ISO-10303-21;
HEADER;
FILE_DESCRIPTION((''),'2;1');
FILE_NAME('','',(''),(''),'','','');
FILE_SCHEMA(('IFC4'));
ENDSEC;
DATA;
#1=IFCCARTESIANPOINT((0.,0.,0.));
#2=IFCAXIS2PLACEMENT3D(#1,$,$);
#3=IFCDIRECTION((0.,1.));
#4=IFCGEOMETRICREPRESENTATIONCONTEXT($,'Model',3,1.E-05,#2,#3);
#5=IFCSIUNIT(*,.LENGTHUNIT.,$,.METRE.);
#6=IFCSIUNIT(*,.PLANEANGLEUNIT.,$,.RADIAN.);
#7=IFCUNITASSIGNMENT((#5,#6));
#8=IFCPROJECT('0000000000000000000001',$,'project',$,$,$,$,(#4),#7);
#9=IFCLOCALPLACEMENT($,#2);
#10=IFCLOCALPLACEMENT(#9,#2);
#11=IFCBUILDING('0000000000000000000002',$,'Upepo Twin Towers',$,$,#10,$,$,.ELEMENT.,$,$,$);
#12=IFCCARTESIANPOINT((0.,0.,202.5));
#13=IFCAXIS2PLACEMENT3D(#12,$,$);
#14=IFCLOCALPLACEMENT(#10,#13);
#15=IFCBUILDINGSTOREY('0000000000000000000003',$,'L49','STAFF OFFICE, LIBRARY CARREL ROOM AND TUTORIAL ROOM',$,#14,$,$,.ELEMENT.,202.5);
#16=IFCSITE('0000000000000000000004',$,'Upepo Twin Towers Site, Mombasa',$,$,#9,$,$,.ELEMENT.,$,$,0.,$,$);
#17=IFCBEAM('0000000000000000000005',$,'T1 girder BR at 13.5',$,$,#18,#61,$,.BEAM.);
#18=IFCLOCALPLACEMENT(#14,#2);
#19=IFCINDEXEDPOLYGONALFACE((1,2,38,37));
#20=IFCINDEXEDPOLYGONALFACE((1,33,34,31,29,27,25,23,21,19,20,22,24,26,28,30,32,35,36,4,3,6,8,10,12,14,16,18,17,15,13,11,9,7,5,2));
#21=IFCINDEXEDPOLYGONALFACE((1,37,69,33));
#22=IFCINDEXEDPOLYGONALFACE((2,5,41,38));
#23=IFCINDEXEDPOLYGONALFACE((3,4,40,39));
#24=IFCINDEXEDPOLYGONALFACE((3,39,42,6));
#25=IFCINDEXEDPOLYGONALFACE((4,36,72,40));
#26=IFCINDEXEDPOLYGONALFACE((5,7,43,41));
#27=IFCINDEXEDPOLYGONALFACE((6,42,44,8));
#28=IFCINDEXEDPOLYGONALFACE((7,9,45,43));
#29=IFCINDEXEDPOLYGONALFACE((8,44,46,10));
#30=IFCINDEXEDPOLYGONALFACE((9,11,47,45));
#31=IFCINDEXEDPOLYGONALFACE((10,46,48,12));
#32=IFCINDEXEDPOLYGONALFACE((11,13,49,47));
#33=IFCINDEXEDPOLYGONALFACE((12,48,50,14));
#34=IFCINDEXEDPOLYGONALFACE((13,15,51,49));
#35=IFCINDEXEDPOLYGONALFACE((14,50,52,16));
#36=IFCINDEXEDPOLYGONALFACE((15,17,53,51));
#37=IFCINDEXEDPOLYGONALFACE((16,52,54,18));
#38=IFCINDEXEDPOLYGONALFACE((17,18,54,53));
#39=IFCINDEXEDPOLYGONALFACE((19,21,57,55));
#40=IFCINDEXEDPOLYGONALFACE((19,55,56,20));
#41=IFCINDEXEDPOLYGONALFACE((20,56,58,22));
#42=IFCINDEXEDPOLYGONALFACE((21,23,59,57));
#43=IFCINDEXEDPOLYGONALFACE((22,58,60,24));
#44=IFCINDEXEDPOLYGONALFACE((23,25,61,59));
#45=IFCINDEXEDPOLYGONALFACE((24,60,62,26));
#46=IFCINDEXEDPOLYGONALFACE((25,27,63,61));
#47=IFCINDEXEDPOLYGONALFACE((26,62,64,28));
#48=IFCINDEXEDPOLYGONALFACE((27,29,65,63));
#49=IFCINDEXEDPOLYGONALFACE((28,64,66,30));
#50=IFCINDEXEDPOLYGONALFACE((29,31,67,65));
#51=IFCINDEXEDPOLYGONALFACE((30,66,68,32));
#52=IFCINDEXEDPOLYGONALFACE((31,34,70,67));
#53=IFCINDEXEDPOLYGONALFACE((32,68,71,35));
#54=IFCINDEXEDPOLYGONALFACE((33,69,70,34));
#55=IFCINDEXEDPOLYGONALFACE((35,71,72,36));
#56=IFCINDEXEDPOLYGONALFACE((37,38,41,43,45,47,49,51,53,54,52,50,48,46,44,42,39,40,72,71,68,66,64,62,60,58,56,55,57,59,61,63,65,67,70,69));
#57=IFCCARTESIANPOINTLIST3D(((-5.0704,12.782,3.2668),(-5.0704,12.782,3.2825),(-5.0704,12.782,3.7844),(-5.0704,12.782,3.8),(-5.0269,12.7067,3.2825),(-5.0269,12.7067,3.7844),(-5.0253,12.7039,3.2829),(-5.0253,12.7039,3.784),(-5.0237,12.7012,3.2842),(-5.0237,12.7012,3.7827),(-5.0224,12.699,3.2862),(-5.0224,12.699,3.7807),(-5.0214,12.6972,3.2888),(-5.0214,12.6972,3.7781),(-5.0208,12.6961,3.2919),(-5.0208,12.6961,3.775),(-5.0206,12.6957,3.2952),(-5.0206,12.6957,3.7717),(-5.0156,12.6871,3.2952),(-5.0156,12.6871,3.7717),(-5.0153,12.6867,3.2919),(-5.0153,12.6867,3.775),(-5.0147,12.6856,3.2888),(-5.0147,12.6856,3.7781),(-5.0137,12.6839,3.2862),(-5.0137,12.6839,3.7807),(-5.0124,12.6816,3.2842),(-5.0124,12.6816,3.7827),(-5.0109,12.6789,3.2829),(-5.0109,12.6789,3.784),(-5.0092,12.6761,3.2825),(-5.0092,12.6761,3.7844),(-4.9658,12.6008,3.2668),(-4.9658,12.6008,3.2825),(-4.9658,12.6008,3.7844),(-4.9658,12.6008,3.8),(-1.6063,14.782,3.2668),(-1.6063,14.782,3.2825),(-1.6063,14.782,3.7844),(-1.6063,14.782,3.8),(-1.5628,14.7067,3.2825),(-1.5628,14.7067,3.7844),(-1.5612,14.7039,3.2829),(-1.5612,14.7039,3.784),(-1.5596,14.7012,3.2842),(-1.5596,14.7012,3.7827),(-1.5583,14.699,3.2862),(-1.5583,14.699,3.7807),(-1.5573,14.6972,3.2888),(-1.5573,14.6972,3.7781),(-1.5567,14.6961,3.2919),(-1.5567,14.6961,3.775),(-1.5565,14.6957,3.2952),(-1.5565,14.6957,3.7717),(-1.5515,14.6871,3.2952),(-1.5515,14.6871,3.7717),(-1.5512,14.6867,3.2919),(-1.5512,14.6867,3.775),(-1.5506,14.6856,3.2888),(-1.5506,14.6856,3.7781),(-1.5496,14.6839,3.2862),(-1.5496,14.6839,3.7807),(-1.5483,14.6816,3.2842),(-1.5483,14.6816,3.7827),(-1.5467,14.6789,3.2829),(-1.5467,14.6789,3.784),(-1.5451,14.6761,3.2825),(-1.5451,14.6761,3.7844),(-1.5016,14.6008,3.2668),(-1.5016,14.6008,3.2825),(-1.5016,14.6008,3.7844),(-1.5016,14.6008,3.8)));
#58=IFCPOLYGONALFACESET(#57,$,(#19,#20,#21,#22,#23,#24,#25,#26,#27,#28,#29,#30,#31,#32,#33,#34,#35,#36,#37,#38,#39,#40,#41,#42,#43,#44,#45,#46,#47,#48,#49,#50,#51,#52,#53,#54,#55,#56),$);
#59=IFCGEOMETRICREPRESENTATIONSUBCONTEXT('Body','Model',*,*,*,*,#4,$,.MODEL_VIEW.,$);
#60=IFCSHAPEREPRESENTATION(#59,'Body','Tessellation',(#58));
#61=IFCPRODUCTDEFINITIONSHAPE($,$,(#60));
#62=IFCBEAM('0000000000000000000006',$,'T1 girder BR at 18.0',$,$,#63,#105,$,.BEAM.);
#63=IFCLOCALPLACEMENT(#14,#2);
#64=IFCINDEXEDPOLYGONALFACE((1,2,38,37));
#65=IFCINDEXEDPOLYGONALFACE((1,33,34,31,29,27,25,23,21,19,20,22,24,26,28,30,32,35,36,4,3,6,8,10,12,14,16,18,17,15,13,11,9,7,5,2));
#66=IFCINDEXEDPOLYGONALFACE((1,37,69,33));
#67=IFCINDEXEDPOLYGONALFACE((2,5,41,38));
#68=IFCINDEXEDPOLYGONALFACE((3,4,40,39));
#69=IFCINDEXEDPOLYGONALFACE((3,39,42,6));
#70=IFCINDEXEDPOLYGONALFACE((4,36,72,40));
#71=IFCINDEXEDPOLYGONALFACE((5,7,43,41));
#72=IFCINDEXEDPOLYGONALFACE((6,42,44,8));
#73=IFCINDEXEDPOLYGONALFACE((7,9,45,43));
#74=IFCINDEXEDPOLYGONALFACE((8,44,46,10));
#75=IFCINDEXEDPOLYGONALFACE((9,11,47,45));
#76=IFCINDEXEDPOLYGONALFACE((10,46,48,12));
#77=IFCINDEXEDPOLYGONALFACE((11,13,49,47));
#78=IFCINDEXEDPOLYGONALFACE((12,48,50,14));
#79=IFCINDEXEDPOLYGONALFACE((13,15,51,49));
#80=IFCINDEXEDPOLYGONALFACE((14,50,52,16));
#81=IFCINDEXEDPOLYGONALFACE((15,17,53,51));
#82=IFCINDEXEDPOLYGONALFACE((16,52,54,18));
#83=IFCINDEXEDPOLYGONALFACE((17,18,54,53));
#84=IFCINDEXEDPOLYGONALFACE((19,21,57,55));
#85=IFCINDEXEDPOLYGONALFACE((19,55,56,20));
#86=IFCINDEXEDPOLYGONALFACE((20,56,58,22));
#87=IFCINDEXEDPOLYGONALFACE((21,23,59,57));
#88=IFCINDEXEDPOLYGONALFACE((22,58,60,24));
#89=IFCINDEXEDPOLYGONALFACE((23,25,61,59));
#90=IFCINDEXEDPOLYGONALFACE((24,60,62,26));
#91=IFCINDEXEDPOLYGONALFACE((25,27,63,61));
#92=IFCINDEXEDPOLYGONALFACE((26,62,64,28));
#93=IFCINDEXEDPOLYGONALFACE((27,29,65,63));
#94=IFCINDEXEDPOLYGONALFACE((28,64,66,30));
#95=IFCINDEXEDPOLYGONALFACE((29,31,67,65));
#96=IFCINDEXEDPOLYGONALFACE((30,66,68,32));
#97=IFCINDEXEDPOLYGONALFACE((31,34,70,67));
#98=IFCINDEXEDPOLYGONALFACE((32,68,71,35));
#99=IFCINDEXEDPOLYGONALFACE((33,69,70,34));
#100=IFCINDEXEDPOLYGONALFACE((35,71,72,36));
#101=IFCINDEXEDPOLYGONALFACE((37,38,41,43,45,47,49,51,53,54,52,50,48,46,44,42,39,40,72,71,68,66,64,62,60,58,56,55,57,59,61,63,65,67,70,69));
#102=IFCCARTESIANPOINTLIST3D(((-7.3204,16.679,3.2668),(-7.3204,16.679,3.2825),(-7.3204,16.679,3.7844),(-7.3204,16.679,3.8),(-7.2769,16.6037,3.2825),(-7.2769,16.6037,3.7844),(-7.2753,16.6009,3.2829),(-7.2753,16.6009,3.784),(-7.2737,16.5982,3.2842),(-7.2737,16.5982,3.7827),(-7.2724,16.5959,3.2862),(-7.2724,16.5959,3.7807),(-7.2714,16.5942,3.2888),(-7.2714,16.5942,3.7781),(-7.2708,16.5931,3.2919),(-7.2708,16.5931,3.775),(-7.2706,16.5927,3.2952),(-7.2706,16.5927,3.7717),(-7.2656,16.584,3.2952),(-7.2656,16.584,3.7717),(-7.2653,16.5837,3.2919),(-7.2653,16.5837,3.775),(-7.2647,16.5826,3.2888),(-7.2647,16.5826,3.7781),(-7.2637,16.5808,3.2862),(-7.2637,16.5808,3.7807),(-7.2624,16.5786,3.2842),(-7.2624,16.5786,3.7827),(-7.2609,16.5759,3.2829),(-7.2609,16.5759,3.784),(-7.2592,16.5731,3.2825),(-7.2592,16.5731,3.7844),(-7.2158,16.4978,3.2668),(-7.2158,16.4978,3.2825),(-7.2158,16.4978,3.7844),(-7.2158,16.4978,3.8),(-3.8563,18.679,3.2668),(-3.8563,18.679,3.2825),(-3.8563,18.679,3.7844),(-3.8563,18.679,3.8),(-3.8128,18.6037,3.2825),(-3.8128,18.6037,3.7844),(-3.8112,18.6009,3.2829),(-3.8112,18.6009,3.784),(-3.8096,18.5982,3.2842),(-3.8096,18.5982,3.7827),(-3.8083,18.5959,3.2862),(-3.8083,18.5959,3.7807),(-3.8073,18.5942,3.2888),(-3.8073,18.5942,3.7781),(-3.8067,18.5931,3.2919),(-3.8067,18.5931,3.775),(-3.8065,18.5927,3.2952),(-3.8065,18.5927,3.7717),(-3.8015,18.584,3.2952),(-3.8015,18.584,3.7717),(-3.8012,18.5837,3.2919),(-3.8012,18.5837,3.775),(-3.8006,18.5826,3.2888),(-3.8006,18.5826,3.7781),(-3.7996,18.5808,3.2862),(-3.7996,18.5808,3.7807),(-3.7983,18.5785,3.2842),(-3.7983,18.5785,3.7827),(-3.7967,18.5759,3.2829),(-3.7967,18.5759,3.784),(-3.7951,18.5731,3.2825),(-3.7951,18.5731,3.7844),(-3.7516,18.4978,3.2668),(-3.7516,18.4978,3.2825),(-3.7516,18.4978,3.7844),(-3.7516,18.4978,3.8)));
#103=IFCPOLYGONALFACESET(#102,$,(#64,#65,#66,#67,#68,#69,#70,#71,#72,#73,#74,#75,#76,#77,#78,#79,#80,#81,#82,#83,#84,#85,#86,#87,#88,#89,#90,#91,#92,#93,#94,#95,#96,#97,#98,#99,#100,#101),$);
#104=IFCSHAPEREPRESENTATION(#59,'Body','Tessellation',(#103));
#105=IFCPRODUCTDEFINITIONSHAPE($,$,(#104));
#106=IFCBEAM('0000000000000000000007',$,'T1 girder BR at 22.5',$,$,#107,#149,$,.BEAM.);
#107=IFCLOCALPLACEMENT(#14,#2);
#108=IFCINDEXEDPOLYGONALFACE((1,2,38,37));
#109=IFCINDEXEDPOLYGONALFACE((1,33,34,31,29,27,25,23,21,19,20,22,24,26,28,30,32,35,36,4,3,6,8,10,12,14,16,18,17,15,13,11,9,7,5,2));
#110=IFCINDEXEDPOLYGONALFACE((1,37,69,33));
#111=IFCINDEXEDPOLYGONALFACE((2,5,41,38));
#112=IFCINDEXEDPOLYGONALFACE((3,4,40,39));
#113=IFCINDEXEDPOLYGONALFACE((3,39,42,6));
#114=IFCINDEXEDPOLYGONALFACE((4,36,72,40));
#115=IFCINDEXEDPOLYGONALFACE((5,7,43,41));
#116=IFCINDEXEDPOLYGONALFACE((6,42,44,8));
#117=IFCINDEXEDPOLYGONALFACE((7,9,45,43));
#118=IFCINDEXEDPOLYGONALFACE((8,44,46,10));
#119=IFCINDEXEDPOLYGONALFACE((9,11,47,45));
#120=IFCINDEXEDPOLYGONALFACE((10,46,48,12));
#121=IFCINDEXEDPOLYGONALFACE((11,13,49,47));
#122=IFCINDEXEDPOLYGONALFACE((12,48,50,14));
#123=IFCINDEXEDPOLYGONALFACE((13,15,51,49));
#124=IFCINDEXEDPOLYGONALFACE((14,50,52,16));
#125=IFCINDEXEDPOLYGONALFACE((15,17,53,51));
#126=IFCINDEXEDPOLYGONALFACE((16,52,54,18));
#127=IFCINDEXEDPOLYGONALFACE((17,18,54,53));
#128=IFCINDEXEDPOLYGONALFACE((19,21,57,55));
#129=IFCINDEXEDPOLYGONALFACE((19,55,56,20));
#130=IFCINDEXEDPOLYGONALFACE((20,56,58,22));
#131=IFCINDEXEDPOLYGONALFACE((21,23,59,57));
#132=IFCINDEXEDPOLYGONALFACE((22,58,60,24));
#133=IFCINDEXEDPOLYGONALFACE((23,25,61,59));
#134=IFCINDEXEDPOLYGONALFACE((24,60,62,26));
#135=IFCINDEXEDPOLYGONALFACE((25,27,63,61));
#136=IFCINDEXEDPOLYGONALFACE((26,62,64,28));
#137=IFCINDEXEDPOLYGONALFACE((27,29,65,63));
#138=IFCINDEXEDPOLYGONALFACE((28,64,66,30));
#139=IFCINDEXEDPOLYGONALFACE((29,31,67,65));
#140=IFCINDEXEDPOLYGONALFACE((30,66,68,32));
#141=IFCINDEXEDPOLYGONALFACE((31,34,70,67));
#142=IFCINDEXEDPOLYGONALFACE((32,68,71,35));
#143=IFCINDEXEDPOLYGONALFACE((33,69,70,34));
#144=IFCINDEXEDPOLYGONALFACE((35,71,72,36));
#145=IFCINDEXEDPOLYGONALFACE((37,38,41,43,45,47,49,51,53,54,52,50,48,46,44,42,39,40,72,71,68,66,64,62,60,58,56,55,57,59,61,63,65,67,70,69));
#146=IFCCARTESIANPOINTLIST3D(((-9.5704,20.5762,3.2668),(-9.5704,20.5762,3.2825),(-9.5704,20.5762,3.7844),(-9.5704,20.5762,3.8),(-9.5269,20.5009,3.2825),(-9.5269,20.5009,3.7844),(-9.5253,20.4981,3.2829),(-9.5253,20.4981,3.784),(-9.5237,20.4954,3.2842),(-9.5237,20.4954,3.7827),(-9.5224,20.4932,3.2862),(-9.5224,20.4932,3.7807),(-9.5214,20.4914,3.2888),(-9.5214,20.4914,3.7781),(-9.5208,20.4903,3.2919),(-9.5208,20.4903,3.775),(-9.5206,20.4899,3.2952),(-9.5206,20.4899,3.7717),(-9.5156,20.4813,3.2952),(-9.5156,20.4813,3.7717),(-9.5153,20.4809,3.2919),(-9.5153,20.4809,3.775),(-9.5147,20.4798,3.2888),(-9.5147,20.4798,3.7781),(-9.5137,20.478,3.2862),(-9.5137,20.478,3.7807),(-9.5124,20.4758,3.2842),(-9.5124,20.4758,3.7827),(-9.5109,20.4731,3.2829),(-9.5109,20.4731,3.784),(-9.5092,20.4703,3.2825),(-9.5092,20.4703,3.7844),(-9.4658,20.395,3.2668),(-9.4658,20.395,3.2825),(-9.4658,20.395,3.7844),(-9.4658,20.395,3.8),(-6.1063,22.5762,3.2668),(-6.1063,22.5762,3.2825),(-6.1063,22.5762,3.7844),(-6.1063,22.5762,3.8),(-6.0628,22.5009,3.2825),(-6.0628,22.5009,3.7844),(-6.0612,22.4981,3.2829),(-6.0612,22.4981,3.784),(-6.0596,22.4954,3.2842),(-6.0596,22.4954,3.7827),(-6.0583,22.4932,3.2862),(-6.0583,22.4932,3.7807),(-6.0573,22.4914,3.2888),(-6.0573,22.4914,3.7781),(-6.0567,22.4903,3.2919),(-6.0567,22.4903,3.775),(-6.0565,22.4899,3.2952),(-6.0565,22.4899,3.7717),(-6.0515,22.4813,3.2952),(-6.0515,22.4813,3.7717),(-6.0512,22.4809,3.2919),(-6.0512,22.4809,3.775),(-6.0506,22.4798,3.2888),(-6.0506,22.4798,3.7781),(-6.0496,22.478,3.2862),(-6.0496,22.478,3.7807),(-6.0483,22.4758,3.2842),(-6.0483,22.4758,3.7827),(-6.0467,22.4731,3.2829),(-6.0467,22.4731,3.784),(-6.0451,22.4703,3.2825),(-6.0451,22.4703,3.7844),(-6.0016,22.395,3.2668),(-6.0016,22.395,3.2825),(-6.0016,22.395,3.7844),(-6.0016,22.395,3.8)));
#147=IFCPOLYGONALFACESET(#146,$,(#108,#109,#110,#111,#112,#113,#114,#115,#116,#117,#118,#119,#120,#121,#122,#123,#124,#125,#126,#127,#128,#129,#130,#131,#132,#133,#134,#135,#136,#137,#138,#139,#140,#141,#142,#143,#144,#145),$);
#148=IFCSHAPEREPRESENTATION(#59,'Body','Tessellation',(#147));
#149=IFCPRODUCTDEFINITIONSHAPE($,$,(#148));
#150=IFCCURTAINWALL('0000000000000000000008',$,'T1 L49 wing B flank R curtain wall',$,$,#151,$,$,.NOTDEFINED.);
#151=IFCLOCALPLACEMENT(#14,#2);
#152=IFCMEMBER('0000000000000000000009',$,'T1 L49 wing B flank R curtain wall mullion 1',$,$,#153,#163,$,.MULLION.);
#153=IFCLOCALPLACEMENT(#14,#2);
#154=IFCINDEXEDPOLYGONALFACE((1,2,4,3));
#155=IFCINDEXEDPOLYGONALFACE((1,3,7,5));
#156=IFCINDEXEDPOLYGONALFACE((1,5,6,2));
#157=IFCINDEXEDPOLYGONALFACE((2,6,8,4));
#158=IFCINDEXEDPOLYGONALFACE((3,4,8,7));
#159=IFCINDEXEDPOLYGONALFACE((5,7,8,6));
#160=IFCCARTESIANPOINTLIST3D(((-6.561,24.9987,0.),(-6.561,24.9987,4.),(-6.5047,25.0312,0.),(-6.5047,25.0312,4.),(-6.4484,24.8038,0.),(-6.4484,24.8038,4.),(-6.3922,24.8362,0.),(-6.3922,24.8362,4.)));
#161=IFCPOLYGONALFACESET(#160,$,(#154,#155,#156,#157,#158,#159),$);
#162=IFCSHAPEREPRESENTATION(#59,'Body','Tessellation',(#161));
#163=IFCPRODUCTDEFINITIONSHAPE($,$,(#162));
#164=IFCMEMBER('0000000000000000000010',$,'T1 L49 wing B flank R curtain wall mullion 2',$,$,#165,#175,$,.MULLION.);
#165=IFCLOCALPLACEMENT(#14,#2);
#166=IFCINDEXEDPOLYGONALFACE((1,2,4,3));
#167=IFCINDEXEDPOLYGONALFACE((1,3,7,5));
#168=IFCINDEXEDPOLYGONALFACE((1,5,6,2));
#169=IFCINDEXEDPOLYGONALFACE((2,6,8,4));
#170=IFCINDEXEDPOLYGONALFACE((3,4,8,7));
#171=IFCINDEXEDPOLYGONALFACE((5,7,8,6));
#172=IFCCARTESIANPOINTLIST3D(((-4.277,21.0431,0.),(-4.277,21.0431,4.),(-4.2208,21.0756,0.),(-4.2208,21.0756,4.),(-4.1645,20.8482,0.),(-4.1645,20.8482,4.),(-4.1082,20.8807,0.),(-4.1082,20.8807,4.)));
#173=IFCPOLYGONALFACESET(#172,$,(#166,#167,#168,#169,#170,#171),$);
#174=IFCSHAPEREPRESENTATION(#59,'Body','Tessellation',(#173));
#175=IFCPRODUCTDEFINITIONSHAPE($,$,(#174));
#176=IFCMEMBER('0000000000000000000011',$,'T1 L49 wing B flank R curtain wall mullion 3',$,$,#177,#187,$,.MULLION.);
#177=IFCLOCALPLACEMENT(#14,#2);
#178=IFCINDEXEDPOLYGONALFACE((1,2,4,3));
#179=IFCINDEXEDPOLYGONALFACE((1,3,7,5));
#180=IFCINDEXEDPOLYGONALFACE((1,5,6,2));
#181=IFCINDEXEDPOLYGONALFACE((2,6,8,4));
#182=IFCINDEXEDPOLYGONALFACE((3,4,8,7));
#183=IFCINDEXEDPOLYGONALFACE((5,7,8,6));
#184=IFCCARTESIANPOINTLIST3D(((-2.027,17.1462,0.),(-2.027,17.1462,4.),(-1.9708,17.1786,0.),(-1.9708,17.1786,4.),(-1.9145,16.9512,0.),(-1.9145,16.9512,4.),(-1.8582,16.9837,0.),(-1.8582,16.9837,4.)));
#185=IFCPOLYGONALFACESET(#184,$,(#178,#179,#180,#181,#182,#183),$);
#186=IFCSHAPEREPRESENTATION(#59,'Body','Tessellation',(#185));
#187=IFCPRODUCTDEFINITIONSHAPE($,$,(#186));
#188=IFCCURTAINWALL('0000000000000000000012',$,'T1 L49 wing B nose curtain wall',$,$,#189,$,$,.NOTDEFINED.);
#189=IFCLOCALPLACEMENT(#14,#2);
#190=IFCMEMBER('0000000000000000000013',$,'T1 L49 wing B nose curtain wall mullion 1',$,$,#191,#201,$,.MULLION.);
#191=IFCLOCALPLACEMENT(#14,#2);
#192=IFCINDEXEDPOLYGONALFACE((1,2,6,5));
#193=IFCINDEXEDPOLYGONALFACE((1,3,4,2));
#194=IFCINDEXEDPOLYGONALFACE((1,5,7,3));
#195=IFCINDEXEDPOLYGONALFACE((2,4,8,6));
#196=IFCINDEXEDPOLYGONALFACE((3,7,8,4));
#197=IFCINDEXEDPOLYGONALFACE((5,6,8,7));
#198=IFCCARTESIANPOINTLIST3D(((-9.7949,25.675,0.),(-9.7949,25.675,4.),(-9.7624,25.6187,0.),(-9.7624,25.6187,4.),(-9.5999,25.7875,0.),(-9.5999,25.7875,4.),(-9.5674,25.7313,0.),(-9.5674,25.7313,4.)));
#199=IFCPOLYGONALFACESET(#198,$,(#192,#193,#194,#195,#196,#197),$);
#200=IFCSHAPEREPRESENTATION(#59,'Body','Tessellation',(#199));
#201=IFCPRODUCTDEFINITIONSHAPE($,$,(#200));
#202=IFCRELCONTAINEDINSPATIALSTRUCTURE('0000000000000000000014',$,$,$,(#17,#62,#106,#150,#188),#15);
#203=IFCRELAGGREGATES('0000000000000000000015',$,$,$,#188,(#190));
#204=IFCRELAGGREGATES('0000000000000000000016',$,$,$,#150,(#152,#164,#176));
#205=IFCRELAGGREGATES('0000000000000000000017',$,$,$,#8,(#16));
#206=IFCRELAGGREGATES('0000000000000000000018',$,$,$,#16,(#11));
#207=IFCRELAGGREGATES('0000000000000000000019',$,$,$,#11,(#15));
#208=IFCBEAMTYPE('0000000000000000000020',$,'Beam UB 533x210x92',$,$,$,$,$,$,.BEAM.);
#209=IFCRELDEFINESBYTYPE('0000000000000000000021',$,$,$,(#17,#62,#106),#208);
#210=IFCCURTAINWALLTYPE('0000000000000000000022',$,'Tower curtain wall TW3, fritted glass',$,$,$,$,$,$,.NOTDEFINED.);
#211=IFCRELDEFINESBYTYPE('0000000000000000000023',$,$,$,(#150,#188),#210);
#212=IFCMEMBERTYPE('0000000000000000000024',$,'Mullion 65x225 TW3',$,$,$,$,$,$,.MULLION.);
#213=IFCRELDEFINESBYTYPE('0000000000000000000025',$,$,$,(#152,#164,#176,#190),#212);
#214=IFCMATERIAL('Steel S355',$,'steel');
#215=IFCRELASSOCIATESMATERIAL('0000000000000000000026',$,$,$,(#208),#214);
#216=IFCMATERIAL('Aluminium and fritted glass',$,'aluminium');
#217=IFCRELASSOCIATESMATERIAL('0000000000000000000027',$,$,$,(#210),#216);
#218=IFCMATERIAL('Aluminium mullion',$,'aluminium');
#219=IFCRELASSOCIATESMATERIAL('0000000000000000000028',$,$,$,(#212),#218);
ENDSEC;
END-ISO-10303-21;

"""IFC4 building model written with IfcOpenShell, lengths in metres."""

from ifc_helpers import new_model, si_unit, direction, frame, origin, origin_2d, place, context, subcontext, project, spatial, rectangle, i_section, extrude, material, material_profile, profile_set, type_object, element, aggregate, save


model = new_model("IFC4")

# Units and contexts
model_context = context("Model", 3, precision=1e-05, world=origin(), true_north=direction((0.0, 1.0)))
body_context = subcontext(model_context, "Body", "Model", "MODEL_VIEW")
ifc_project = project(units=[si_unit("LENGTHUNIT", "METRE"), si_unit("PLANEANGLEUNIT", "RADIAN")], contexts=[model_context])

# Site, building, storey
site_placement = place(None, origin())
site = spatial("IfcSite", under=ifc_project, at=site_placement, Name="Upepo Twin Towers Site, Mombasa", CompositionType="ELEMENT", RefElevation=0.0)
building_placement = place(site_placement, origin())
building = spatial("IfcBuilding", under=site, at=building_placement, Name="Upepo Twin Towers", CompositionType="ELEMENT")
storey_placement = place(building_placement, frame((0.0, 0.0, 202.5)))
storey = spatial("IfcBuildingStorey", under=building, at=storey_placement, Name="L49", Description="STAFF OFFICE, LIBRARY CARREL ROOM AND TUTORIAL ROOM", CompositionType="ELEMENT", Elevation=202.5)

# Beams
ifc_material_1 = material(Name="Steel S355", Category="steel")
ifc_material_profile_1 = material_profile(ifc_material_1, i_section(OverallWidth=0.2092, OverallDepth=0.5332, WebThickness=0.01, FlangeThickness=0.0156, FilletRadius=0.0127, at=origin_2d()), Name="UB 533x210x92")
ifc_profile_set_1 = profile_set([ifc_material_profile_1], Name="Steel S355")
beam_type_1 = type_object("IfcBeamType", Name="Beam UB 533x210x92", PredefinedType="BEAM", material=ifc_profile_set_1)
for number, where, z_axis, x_axis, name in (
    (1, (-1.554, 14.6914, 3.5334), (-0.866026, -0.499999, 0.0), (0.499999, -0.866026, 0.0), "T1 girder BR at 13.5"),
    (2, (-3.804, 18.5884, 3.5334), (-0.866026, -0.499999, 0.0), (0.499999, -0.866026, 0.0), "T1 girder BR at 18.0"),
    (3, (-6.054, 22.4856, 3.5334), (-0.866026, -0.499999, 0.0), (0.499999, -0.866026, 0.0), "T1 girder BR at 22.5"),
):
    element("IfcBeam", number, at=place(storey_placement, frame(where, z_axis=z_axis, x_axis=x_axis)), inside=storey, type_object=beam_type_1, Name=name, PredefinedType="BEAM", context=body_context, shape_type="SweptSolid", body=[
        extrude(i_section(OverallWidth=0.2092, OverallDepth=0.5332, WebThickness=0.01, FlangeThickness=0.0156, FilletRadius=0.0127, at=origin_2d()), origin(), (0.0, 0.0, 1.0), 4.0),
    ])

# Curtain wall, members
ifc_material_2 = material(Name="Aluminium and fritted glass", Category="aluminium")
curtain_wall_type = type_object("IfcCurtainWallType", Name="Tower curtain wall TW3, fritted glass", PredefinedType="NOTDEFINED", material=ifc_material_2)
curtain_wall_1_placement = place(storey_placement, origin())
curtain_wall_1 = element("IfcCurtainWall", 4, at=curtain_wall_1_placement, inside=storey, type_object=curtain_wall_type, Name="T1 L49 wing B flank R curtain wall", PredefinedType="NOTDEFINED")
ifc_material_3 = material(Name="Aluminium mullion", Category="aluminium")
ifc_material_profile_2 = material_profile(ifc_material_3, rectangle(XDim=0.0649, YDim=0.2251, at=origin_2d()), Name="MULLION 65x225")
ifc_profile_set_2 = profile_set([ifc_material_profile_2], Name="Aluminium mullion")
member_type_1 = type_object("IfcMemberType", Name="Mullion 65x225 TW3", PredefinedType="MULLION", material=ifc_profile_set_2)
member_1_placement = place(storey_placement, frame((-6.4766, 24.9175, 0.0), z_axis=(0.0, 0.0, 1.0), x_axis=(0.866025, 0.5, 0.0)))
member_1 = element("IfcMember", 5, at=member_1_placement, type_object=member_type_1, Name="T1 L49 wing B flank R curtain wall mullion 1", PredefinedType="MULLION", context=body_context, shape_type="SweptSolid", body=[
    extrude(rectangle(XDim=0.0649, YDim=0.2251, at=origin_2d()), origin(), (0.0, 0.0, 1.0), 4.0),
])
member_2_placement = place(storey_placement, frame((-4.1926, 20.9619, 0.0), z_axis=(0.0, 0.0, 1.0), x_axis=(0.866025, 0.5, 0.0)))
member_2 = element("IfcMember", 6, at=member_2_placement, type_object=member_type_1, Name="T1 L49 wing B flank R curtain wall mullion 2", PredefinedType="MULLION", context=body_context, shape_type="SweptSolid", body=[
    extrude(rectangle(XDim=0.0649, YDim=0.2251, at=origin_2d()), origin(), (0.0, 0.0, 1.0), 4.0),
])
member_3_placement = place(storey_placement, frame((-1.9426, 17.0649, 0.0), z_axis=(0.0, 0.0, 1.0), x_axis=(0.866025, 0.5, 0.0)))
member_3 = element("IfcMember", 7, at=member_3_placement, type_object=member_type_1, Name="T1 L49 wing B flank R curtain wall mullion 3", PredefinedType="MULLION", context=body_context, shape_type="SweptSolid", body=[
    extrude(rectangle(XDim=0.0649, YDim=0.2251, at=origin_2d()), origin(), (0.0, 0.0, 1.0), 4.0),
])

# Curtain wall, member
curtain_wall_2_placement = place(storey_placement, origin())
curtain_wall_2 = element("IfcCurtainWall", 8, at=curtain_wall_2_placement, inside=storey, type_object=curtain_wall_type, Name="T1 L49 wing B nose curtain wall", PredefinedType="NOTDEFINED")
member_4_placement = place(storey_placement, frame((-9.6812, 25.7031, 0.0), z_axis=(0.0, 0.0, 1.0), x_axis=(0.5, -0.866025, 0.0)))
member_4 = element("IfcMember", 9, at=member_4_placement, type_object=member_type_1, Name="T1 L49 wing B nose curtain wall mullion 1", PredefinedType="MULLION", context=body_context, shape_type="SweptSolid", body=[
    extrude(rectangle(XDim=0.0649, YDim=0.2251, at=origin_2d()), origin(), (0.0, 0.0, 1.0), 4.0),
])
aggregate(curtain_wall_2, [member_4])

aggregate(curtain_wall_1, [member_1, member_2, member_3])

save(model, "model.ifc")
